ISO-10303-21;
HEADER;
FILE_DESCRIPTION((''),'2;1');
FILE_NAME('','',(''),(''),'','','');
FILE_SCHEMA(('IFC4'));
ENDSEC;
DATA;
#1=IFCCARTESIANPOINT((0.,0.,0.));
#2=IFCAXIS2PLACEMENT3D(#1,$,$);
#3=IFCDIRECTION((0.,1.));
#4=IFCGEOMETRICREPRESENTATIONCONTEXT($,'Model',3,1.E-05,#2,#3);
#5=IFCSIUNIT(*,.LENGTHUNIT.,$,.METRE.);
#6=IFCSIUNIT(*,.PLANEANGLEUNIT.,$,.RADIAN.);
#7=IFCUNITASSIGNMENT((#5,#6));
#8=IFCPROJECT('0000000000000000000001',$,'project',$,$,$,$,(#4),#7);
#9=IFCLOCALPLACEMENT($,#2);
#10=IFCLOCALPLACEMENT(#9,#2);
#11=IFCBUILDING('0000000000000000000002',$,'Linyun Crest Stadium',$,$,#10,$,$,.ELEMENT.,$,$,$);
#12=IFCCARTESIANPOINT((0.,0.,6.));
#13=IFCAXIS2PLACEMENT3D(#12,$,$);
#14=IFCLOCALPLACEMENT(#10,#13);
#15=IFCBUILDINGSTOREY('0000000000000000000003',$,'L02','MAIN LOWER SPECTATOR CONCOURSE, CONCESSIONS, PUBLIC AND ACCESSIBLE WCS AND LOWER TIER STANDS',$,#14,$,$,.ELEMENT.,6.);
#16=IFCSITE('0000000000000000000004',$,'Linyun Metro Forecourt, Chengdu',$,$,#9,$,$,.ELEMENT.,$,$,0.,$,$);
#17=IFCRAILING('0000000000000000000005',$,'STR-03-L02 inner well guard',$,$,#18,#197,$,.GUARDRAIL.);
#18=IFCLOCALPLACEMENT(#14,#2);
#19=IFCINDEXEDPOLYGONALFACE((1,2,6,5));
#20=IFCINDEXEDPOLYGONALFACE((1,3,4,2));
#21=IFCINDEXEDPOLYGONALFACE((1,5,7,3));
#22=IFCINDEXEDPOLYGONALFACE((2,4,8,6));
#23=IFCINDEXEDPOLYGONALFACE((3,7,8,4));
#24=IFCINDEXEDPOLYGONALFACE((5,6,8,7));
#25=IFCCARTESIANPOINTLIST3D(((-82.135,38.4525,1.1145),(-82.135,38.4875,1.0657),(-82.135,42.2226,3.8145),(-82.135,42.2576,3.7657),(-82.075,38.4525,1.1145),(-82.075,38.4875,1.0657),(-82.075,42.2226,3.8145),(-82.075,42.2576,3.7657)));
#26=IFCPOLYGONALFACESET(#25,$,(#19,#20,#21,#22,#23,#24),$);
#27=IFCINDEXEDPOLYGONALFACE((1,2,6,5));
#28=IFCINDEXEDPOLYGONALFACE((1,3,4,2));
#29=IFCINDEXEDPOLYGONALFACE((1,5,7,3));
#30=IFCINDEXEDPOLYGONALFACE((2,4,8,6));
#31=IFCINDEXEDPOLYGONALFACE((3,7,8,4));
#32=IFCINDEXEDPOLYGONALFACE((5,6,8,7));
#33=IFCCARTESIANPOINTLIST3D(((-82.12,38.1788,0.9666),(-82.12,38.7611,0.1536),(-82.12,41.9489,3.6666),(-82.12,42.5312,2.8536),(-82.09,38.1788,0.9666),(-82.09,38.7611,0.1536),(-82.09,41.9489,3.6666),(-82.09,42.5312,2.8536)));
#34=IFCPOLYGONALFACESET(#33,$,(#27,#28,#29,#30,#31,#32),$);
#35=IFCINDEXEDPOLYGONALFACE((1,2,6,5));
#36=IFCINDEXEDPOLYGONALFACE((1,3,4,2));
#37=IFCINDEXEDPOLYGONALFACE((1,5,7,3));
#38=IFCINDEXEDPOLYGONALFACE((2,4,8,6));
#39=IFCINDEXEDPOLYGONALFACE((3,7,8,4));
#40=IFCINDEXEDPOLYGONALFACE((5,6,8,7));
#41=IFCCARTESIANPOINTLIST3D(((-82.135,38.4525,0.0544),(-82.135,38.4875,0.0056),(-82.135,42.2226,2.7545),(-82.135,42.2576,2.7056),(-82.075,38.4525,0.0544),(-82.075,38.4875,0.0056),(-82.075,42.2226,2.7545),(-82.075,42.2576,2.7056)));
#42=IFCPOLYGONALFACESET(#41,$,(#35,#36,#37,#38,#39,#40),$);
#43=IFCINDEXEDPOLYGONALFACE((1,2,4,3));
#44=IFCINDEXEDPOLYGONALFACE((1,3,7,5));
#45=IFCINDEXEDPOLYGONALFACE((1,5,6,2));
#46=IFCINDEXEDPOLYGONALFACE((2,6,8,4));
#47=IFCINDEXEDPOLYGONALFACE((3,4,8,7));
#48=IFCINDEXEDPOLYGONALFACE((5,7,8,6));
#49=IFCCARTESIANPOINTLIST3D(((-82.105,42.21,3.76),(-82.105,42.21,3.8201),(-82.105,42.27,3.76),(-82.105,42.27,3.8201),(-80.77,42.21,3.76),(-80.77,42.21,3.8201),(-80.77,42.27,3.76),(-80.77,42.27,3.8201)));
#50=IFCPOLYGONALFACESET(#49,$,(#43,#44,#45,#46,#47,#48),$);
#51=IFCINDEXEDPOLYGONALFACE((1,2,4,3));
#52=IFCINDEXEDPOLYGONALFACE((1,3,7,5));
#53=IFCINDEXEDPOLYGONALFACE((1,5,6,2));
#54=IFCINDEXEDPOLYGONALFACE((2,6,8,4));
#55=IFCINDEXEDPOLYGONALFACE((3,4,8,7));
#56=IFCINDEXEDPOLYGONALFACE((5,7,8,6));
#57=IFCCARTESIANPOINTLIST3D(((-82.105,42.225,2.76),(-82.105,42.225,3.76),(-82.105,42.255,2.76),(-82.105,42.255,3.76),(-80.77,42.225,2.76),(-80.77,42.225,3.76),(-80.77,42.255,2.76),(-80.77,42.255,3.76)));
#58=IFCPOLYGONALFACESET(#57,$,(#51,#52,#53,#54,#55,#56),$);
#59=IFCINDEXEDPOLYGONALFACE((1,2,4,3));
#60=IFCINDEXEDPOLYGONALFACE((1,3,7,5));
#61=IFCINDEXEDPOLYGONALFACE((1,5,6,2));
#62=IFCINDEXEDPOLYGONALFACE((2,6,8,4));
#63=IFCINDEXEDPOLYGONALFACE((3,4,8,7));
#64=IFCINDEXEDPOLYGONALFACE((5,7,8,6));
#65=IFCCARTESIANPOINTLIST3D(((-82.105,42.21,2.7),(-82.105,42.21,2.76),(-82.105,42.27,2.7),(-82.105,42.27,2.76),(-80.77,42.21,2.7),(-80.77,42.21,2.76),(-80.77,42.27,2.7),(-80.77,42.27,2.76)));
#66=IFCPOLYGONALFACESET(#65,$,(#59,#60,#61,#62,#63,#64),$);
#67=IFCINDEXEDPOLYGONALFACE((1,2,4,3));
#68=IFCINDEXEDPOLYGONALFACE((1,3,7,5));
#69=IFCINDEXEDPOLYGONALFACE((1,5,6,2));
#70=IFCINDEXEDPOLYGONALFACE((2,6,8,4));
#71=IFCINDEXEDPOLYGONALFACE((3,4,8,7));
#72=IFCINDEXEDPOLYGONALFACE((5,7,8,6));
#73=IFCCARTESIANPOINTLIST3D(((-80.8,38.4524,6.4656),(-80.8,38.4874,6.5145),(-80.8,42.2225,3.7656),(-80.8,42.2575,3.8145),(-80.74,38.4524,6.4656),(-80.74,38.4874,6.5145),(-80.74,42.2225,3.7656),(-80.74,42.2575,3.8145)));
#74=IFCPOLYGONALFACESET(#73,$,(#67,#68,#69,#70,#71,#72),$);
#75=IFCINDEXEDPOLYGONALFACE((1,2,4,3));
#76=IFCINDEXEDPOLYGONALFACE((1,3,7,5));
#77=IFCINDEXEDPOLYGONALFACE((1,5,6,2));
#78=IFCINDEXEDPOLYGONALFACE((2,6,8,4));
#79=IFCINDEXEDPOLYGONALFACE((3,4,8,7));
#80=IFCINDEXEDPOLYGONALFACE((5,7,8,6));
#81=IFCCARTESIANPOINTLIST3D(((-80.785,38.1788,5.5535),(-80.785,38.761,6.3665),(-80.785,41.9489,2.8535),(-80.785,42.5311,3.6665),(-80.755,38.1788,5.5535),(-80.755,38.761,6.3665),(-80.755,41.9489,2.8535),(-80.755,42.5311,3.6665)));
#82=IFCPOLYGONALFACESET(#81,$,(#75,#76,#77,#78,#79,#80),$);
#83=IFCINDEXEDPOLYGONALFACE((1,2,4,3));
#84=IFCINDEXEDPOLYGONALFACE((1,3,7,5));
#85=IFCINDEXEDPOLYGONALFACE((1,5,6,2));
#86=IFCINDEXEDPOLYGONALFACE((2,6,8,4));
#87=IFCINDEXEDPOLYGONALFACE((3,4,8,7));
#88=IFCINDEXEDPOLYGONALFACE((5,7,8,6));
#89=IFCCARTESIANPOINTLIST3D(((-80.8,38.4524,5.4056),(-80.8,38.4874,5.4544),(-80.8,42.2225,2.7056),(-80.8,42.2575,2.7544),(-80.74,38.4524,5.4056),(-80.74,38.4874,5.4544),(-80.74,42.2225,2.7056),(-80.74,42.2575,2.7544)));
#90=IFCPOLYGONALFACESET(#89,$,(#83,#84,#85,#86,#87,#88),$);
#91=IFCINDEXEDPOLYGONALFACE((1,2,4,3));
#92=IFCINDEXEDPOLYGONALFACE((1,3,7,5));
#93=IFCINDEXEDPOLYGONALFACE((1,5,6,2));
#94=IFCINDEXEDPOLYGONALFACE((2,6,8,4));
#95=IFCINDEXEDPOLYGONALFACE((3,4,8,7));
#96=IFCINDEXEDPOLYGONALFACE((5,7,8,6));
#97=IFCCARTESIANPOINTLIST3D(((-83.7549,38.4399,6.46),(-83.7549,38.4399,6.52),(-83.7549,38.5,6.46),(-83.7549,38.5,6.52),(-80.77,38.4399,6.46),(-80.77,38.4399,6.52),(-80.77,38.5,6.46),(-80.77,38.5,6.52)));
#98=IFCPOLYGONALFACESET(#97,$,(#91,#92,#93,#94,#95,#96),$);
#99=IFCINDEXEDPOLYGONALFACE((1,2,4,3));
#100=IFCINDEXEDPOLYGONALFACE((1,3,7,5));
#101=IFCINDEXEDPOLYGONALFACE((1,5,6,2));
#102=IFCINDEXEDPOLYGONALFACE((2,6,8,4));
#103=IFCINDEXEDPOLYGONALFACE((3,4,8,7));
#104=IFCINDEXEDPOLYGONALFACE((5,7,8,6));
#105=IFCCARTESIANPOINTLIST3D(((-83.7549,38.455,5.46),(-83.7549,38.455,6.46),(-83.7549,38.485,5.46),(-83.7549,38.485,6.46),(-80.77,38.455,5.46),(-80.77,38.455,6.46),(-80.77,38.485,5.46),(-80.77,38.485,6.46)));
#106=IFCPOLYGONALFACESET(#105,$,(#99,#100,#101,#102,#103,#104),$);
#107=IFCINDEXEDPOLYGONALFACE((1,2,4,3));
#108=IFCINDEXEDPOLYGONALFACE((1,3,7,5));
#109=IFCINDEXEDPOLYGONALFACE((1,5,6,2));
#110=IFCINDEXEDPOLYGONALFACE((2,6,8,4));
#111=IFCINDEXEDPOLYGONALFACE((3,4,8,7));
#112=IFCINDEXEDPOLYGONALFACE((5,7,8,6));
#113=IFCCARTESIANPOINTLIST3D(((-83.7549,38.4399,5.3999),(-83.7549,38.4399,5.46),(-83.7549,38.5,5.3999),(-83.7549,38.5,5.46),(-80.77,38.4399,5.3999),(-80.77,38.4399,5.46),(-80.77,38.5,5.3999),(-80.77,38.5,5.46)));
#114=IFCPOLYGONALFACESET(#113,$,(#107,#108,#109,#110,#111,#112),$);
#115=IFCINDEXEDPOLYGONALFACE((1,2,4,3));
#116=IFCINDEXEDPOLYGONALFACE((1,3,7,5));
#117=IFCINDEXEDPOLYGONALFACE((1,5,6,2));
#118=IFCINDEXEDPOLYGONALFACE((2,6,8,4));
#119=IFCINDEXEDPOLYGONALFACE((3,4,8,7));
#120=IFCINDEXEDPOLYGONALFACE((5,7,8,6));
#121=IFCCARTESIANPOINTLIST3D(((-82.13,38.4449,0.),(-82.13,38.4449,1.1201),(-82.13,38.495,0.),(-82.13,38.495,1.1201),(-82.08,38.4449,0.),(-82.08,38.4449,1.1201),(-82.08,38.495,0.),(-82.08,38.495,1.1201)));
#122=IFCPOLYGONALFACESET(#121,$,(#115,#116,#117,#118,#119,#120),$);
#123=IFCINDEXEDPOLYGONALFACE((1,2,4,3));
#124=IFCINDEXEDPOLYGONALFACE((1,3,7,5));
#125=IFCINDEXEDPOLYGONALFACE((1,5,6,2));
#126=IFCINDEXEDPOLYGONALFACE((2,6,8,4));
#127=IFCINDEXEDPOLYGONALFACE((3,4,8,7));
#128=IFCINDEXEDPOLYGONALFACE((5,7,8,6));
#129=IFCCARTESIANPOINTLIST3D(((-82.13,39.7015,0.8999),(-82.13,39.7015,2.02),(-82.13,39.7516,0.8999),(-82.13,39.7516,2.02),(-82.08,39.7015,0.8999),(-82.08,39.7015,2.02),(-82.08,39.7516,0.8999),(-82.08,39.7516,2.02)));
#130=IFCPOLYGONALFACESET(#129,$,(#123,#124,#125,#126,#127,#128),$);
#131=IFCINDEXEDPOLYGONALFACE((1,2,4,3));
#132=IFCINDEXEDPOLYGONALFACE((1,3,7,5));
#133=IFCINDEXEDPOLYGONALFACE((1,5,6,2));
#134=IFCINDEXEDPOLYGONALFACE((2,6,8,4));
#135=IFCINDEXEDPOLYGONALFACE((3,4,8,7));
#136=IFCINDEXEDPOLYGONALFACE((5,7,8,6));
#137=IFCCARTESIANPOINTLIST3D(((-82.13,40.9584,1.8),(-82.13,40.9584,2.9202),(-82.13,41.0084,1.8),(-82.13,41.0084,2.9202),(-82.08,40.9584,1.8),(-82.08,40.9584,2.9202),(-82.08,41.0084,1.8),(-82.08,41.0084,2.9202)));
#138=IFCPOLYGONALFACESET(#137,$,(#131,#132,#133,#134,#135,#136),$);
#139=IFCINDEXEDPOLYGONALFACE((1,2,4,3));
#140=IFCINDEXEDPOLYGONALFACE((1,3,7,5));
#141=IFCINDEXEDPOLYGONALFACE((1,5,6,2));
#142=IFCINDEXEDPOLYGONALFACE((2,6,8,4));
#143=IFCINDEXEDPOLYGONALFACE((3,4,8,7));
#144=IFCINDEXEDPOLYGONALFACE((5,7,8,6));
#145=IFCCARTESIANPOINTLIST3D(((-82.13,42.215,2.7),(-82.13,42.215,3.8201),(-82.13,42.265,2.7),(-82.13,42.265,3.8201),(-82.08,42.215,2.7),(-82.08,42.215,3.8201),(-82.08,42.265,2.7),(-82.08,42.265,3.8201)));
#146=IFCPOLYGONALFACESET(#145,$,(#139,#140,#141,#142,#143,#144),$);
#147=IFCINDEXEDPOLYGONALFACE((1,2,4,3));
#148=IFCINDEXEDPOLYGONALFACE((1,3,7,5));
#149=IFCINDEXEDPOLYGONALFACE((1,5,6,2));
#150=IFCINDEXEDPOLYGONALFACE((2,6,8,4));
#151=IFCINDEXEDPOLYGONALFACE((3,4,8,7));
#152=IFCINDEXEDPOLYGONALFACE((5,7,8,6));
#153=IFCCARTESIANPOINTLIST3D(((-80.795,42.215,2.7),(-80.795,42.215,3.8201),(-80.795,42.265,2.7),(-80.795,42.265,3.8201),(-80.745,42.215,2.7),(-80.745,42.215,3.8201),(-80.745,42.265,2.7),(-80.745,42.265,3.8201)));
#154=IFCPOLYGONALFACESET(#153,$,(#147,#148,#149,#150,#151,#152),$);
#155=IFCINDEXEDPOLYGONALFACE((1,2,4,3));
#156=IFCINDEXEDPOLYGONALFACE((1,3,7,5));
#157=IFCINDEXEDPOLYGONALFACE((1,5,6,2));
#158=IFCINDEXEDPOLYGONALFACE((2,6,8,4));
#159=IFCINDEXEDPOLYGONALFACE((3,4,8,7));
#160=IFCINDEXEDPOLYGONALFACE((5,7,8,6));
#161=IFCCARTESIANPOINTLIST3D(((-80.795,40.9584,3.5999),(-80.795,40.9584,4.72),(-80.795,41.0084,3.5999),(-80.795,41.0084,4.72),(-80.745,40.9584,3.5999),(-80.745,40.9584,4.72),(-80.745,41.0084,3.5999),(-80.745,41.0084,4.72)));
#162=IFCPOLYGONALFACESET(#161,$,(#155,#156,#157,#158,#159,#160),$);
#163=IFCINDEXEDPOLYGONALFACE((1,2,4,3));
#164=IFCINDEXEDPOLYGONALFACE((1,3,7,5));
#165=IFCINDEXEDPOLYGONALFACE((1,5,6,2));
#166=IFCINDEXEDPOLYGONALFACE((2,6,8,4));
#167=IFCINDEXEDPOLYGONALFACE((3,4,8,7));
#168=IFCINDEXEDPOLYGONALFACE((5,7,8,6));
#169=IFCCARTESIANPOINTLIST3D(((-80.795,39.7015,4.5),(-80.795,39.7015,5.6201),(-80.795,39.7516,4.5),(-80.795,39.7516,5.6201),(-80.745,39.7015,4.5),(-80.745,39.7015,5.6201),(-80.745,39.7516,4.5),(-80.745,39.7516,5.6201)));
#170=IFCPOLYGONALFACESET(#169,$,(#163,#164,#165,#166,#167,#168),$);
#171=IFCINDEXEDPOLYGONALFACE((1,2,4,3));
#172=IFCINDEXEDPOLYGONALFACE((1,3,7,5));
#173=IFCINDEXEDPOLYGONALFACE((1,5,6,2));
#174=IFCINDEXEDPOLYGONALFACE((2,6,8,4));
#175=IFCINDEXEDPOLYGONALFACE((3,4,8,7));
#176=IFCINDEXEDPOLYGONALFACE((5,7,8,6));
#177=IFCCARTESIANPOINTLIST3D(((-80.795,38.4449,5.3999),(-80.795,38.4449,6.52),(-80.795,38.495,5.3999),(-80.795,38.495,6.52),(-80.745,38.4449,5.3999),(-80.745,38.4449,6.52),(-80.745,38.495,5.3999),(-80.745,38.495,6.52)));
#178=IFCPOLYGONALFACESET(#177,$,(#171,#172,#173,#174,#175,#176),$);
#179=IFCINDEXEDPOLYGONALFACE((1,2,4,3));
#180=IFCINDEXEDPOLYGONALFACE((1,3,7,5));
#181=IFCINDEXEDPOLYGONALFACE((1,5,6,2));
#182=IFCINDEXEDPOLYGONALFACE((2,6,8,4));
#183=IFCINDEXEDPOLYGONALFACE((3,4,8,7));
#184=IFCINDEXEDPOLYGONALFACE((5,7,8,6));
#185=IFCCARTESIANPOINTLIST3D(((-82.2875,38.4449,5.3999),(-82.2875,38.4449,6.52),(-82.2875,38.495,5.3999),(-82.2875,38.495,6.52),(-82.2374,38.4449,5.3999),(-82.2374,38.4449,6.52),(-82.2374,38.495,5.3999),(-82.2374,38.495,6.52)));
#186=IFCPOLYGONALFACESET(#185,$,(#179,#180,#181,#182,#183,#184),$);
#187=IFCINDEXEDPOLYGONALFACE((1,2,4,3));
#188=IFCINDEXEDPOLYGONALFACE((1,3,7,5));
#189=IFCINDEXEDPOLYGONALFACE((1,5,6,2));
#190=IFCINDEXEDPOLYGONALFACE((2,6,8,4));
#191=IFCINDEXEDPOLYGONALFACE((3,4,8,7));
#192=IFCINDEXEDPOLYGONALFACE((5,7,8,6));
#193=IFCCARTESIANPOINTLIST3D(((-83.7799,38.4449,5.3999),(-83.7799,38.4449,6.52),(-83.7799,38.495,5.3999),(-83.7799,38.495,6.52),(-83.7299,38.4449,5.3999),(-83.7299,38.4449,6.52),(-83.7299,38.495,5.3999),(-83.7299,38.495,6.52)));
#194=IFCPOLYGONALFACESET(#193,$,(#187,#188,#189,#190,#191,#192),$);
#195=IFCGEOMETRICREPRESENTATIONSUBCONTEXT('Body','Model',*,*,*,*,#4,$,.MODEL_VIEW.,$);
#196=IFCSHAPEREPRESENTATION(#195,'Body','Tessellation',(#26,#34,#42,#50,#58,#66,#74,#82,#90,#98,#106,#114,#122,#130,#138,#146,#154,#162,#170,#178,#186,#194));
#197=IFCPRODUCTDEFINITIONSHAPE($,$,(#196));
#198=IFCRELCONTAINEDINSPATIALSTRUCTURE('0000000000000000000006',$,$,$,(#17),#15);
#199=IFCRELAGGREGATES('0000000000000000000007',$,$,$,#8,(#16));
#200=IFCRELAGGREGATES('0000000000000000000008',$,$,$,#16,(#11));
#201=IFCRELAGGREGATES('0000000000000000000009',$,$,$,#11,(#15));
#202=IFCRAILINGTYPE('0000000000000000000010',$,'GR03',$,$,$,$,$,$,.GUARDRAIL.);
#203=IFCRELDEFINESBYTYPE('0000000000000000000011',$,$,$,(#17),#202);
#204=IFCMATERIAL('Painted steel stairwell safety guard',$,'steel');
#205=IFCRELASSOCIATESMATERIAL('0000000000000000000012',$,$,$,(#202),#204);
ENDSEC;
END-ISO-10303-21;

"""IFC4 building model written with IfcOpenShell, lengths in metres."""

from ifc_helpers import new_model, si_unit, direction, frame, origin, origin_2d, place, context, subcontext, project, spatial, rectangle, extrude, material, type_object, element, save


model = new_model("IFC4")

# Units and contexts
model_context = context("Model", 3, precision=1e-05, world=origin(), true_north=direction((0.0, 1.0)))
body_context = subcontext(model_context, "Body", "Model", "MODEL_VIEW")
ifc_project = project(units=[si_unit("LENGTHUNIT", "METRE"), si_unit("PLANEANGLEUNIT", "RADIAN")], contexts=[model_context])

# Site, building, storey
site_placement = place(None, origin())
site = spatial("IfcSite", under=ifc_project, at=site_placement, Name="Linyun Metro Forecourt, Chengdu", CompositionType="ELEMENT", RefElevation=0.0)
building_placement = place(site_placement, origin())
building = spatial("IfcBuilding", under=site, at=building_placement, Name="Linyun Crest Stadium", CompositionType="ELEMENT")
storey_placement = place(building_placement, frame((0.0, 0.0, 6.0)))
storey = spatial("IfcBuildingStorey", under=building, at=storey_placement, Name="L02", Description="MAIN LOWER SPECTATOR CONCOURSE, CONCESSIONS, PUBLIC AND ACCESSIBLE WCS AND LOWER TIER STANDS", CompositionType="ELEMENT", Elevation=6.0)

# Railing
ifc_material_1 = material(Name="Painted steel stairwell safety guard", Category="steel")
railing_type_1 = type_object("IfcRailingType", Name="GR03", PredefinedType="GUARDRAIL", material=ifc_material_1)
railing_1_placement = place(storey_placement, frame((-82.105, 38.47, 0.0)))
element("IfcRailing", 1, at=railing_1_placement, inside=storey, type_object=railing_type_1, Name="STR-03-L02 inner well guard", PredefinedType="GUARDRAIL", context=body_context, shape_type="SweptSolid", body=[
    extrude(rectangle(XDim=0.0601, YDim=0.0601, at=origin_2d()), frame((0.0, 0.0, 1.0901), z_axis=(0.0, 0.813011, 0.582249), x_axis=(-1.0, 0.0, 0.0)), (0.0, 0.0, 1.0), 4.6372),
    extrude(rectangle(XDim=0.03, YDim=1.0, at=origin_2d()), frame((0.0, 0.0, 0.5601), z_axis=(0.0, 0.813011, 0.582249), x_axis=(-1.0, 0.0, 0.0)), (0.0, 0.0, 1.0), 4.6372),
    extrude(rectangle(XDim=0.0601, YDim=0.0601, at=origin_2d()), frame((0.0, 0.0, 0.03), z_axis=(0.0, 0.813011, 0.582249), x_axis=(-1.0, 0.0, 0.0)), (0.0, 0.0, 1.0), 4.6372),
    extrude(rectangle(XDim=0.0601, YDim=0.0601, at=origin_2d()), frame((0.0, 3.77, 3.79), z_axis=(1.0, 0.0, 0.0), x_axis=(0.0, 1.0, 0.0)), (0.0, 0.0, 1.0), 1.335),
    extrude(rectangle(XDim=0.03, YDim=1.0, at=origin_2d()), frame((0.0, 3.77, 3.26), z_axis=(1.0, 0.0, 0.0), x_axis=(0.0, 1.0, 0.0)), (0.0, 0.0, 1.0), 1.335),
    extrude(rectangle(XDim=0.0601, YDim=0.0601, at=origin_2d()), frame((0.0, 3.77, 2.73), z_axis=(1.0, 0.0, 0.0), x_axis=(0.0, 1.0, 0.0)), (0.0, 0.0, 1.0), 1.335),
    extrude(rectangle(XDim=0.0601, YDim=0.0601, at=origin_2d()), frame((1.335, 3.77, 3.79), z_axis=(0.0, -0.813011, 0.582249), x_axis=(1.0, 0.0, 0.0)), (0.0, 0.0, 1.0), 4.6372),
    extrude(rectangle(XDim=0.03, YDim=1.0, at=origin_2d()), frame((1.335, 3.77, 3.26), z_axis=(0.0, -0.813011, 0.582249), x_axis=(1.0, 0.0, 0.0)), (0.0, 0.0, 1.0), 4.6372),
    extrude(rectangle(XDim=0.0601, YDim=0.0601, at=origin_2d()), frame((1.335, 3.77, 2.73), z_axis=(0.0, -0.813011, 0.582249), x_axis=(1.0, 0.0, 0.0)), (0.0, 0.0, 1.0), 4.6372),
    extrude(rectangle(XDim=0.0601, YDim=0.0601, at=origin_2d()), frame((1.335, 0.0, 6.49), z_axis=(-1.0, 0.0, 0.0), x_axis=(0.0, -1.0, 0.0)), (0.0, 0.0, 1.0), 2.9849),
    extrude(rectangle(XDim=0.03, YDim=1.0, at=origin_2d()), frame((1.335, 0.0, 5.96), z_axis=(-1.0, 0.0, 0.0), x_axis=(0.0, -1.0, 0.0)), (0.0, 0.0, 1.0), 2.9849),
    extrude(rectangle(XDim=0.0601, YDim=0.0601, at=origin_2d()), frame((1.335, 0.0, 5.4299), z_axis=(-1.0, 0.0, 0.0), x_axis=(0.0, -1.0, 0.0)), (0.0, 0.0, 1.0), 2.9849),
    extrude(rectangle(XDim=0.05, YDim=0.05, at=origin_2d()), origin(), (0.0, 0.0, 1.0), 1.1201),
    extrude(rectangle(XDim=0.05, YDim=0.05, at=origin_2d()), frame((0.0, 1.2566, 0.8999)), (0.0, 0.0, 1.0), 1.1201),
    extrude(rectangle(XDim=0.05, YDim=0.05, at=origin_2d()), frame((0.0, 2.5134, 1.8)), (0.0, 0.0, 1.0), 1.1201),
    extrude(rectangle(XDim=0.05, YDim=0.05, at=origin_2d()), frame((0.0, 3.77, 2.7)), (0.0, 0.0, 1.0), 1.1201),
    extrude(rectangle(XDim=0.05, YDim=0.05, at=origin_2d()), frame((1.335, 3.77, 2.7)), (0.0, 0.0, 1.0), 1.1201),
    extrude(rectangle(XDim=0.05, YDim=0.05, at=origin_2d()), frame((1.335, 2.5134, 3.5999)), (0.0, 0.0, 1.0), 1.1201),
    extrude(rectangle(XDim=0.05, YDim=0.05, at=origin_2d()), frame((1.335, 1.2566, 4.5)), (0.0, 0.0, 1.0), 1.1201),
    extrude(rectangle(XDim=0.05, YDim=0.05, at=origin_2d()), frame((1.335, 0.0, 5.3999)), (0.0, 0.0, 1.0), 1.1201),
    extrude(rectangle(XDim=0.05, YDim=0.05, at=origin_2d()), frame((-0.1575, 0.0, 5.3999)), (0.0, 0.0, 1.0), 1.1201),
    extrude(rectangle(XDim=0.05, YDim=0.05, at=origin_2d()), frame((-1.6499, 0.0, 5.3999)), (0.0, 0.0, 1.0), 1.1201),
])

save(model, "model.ifc")
